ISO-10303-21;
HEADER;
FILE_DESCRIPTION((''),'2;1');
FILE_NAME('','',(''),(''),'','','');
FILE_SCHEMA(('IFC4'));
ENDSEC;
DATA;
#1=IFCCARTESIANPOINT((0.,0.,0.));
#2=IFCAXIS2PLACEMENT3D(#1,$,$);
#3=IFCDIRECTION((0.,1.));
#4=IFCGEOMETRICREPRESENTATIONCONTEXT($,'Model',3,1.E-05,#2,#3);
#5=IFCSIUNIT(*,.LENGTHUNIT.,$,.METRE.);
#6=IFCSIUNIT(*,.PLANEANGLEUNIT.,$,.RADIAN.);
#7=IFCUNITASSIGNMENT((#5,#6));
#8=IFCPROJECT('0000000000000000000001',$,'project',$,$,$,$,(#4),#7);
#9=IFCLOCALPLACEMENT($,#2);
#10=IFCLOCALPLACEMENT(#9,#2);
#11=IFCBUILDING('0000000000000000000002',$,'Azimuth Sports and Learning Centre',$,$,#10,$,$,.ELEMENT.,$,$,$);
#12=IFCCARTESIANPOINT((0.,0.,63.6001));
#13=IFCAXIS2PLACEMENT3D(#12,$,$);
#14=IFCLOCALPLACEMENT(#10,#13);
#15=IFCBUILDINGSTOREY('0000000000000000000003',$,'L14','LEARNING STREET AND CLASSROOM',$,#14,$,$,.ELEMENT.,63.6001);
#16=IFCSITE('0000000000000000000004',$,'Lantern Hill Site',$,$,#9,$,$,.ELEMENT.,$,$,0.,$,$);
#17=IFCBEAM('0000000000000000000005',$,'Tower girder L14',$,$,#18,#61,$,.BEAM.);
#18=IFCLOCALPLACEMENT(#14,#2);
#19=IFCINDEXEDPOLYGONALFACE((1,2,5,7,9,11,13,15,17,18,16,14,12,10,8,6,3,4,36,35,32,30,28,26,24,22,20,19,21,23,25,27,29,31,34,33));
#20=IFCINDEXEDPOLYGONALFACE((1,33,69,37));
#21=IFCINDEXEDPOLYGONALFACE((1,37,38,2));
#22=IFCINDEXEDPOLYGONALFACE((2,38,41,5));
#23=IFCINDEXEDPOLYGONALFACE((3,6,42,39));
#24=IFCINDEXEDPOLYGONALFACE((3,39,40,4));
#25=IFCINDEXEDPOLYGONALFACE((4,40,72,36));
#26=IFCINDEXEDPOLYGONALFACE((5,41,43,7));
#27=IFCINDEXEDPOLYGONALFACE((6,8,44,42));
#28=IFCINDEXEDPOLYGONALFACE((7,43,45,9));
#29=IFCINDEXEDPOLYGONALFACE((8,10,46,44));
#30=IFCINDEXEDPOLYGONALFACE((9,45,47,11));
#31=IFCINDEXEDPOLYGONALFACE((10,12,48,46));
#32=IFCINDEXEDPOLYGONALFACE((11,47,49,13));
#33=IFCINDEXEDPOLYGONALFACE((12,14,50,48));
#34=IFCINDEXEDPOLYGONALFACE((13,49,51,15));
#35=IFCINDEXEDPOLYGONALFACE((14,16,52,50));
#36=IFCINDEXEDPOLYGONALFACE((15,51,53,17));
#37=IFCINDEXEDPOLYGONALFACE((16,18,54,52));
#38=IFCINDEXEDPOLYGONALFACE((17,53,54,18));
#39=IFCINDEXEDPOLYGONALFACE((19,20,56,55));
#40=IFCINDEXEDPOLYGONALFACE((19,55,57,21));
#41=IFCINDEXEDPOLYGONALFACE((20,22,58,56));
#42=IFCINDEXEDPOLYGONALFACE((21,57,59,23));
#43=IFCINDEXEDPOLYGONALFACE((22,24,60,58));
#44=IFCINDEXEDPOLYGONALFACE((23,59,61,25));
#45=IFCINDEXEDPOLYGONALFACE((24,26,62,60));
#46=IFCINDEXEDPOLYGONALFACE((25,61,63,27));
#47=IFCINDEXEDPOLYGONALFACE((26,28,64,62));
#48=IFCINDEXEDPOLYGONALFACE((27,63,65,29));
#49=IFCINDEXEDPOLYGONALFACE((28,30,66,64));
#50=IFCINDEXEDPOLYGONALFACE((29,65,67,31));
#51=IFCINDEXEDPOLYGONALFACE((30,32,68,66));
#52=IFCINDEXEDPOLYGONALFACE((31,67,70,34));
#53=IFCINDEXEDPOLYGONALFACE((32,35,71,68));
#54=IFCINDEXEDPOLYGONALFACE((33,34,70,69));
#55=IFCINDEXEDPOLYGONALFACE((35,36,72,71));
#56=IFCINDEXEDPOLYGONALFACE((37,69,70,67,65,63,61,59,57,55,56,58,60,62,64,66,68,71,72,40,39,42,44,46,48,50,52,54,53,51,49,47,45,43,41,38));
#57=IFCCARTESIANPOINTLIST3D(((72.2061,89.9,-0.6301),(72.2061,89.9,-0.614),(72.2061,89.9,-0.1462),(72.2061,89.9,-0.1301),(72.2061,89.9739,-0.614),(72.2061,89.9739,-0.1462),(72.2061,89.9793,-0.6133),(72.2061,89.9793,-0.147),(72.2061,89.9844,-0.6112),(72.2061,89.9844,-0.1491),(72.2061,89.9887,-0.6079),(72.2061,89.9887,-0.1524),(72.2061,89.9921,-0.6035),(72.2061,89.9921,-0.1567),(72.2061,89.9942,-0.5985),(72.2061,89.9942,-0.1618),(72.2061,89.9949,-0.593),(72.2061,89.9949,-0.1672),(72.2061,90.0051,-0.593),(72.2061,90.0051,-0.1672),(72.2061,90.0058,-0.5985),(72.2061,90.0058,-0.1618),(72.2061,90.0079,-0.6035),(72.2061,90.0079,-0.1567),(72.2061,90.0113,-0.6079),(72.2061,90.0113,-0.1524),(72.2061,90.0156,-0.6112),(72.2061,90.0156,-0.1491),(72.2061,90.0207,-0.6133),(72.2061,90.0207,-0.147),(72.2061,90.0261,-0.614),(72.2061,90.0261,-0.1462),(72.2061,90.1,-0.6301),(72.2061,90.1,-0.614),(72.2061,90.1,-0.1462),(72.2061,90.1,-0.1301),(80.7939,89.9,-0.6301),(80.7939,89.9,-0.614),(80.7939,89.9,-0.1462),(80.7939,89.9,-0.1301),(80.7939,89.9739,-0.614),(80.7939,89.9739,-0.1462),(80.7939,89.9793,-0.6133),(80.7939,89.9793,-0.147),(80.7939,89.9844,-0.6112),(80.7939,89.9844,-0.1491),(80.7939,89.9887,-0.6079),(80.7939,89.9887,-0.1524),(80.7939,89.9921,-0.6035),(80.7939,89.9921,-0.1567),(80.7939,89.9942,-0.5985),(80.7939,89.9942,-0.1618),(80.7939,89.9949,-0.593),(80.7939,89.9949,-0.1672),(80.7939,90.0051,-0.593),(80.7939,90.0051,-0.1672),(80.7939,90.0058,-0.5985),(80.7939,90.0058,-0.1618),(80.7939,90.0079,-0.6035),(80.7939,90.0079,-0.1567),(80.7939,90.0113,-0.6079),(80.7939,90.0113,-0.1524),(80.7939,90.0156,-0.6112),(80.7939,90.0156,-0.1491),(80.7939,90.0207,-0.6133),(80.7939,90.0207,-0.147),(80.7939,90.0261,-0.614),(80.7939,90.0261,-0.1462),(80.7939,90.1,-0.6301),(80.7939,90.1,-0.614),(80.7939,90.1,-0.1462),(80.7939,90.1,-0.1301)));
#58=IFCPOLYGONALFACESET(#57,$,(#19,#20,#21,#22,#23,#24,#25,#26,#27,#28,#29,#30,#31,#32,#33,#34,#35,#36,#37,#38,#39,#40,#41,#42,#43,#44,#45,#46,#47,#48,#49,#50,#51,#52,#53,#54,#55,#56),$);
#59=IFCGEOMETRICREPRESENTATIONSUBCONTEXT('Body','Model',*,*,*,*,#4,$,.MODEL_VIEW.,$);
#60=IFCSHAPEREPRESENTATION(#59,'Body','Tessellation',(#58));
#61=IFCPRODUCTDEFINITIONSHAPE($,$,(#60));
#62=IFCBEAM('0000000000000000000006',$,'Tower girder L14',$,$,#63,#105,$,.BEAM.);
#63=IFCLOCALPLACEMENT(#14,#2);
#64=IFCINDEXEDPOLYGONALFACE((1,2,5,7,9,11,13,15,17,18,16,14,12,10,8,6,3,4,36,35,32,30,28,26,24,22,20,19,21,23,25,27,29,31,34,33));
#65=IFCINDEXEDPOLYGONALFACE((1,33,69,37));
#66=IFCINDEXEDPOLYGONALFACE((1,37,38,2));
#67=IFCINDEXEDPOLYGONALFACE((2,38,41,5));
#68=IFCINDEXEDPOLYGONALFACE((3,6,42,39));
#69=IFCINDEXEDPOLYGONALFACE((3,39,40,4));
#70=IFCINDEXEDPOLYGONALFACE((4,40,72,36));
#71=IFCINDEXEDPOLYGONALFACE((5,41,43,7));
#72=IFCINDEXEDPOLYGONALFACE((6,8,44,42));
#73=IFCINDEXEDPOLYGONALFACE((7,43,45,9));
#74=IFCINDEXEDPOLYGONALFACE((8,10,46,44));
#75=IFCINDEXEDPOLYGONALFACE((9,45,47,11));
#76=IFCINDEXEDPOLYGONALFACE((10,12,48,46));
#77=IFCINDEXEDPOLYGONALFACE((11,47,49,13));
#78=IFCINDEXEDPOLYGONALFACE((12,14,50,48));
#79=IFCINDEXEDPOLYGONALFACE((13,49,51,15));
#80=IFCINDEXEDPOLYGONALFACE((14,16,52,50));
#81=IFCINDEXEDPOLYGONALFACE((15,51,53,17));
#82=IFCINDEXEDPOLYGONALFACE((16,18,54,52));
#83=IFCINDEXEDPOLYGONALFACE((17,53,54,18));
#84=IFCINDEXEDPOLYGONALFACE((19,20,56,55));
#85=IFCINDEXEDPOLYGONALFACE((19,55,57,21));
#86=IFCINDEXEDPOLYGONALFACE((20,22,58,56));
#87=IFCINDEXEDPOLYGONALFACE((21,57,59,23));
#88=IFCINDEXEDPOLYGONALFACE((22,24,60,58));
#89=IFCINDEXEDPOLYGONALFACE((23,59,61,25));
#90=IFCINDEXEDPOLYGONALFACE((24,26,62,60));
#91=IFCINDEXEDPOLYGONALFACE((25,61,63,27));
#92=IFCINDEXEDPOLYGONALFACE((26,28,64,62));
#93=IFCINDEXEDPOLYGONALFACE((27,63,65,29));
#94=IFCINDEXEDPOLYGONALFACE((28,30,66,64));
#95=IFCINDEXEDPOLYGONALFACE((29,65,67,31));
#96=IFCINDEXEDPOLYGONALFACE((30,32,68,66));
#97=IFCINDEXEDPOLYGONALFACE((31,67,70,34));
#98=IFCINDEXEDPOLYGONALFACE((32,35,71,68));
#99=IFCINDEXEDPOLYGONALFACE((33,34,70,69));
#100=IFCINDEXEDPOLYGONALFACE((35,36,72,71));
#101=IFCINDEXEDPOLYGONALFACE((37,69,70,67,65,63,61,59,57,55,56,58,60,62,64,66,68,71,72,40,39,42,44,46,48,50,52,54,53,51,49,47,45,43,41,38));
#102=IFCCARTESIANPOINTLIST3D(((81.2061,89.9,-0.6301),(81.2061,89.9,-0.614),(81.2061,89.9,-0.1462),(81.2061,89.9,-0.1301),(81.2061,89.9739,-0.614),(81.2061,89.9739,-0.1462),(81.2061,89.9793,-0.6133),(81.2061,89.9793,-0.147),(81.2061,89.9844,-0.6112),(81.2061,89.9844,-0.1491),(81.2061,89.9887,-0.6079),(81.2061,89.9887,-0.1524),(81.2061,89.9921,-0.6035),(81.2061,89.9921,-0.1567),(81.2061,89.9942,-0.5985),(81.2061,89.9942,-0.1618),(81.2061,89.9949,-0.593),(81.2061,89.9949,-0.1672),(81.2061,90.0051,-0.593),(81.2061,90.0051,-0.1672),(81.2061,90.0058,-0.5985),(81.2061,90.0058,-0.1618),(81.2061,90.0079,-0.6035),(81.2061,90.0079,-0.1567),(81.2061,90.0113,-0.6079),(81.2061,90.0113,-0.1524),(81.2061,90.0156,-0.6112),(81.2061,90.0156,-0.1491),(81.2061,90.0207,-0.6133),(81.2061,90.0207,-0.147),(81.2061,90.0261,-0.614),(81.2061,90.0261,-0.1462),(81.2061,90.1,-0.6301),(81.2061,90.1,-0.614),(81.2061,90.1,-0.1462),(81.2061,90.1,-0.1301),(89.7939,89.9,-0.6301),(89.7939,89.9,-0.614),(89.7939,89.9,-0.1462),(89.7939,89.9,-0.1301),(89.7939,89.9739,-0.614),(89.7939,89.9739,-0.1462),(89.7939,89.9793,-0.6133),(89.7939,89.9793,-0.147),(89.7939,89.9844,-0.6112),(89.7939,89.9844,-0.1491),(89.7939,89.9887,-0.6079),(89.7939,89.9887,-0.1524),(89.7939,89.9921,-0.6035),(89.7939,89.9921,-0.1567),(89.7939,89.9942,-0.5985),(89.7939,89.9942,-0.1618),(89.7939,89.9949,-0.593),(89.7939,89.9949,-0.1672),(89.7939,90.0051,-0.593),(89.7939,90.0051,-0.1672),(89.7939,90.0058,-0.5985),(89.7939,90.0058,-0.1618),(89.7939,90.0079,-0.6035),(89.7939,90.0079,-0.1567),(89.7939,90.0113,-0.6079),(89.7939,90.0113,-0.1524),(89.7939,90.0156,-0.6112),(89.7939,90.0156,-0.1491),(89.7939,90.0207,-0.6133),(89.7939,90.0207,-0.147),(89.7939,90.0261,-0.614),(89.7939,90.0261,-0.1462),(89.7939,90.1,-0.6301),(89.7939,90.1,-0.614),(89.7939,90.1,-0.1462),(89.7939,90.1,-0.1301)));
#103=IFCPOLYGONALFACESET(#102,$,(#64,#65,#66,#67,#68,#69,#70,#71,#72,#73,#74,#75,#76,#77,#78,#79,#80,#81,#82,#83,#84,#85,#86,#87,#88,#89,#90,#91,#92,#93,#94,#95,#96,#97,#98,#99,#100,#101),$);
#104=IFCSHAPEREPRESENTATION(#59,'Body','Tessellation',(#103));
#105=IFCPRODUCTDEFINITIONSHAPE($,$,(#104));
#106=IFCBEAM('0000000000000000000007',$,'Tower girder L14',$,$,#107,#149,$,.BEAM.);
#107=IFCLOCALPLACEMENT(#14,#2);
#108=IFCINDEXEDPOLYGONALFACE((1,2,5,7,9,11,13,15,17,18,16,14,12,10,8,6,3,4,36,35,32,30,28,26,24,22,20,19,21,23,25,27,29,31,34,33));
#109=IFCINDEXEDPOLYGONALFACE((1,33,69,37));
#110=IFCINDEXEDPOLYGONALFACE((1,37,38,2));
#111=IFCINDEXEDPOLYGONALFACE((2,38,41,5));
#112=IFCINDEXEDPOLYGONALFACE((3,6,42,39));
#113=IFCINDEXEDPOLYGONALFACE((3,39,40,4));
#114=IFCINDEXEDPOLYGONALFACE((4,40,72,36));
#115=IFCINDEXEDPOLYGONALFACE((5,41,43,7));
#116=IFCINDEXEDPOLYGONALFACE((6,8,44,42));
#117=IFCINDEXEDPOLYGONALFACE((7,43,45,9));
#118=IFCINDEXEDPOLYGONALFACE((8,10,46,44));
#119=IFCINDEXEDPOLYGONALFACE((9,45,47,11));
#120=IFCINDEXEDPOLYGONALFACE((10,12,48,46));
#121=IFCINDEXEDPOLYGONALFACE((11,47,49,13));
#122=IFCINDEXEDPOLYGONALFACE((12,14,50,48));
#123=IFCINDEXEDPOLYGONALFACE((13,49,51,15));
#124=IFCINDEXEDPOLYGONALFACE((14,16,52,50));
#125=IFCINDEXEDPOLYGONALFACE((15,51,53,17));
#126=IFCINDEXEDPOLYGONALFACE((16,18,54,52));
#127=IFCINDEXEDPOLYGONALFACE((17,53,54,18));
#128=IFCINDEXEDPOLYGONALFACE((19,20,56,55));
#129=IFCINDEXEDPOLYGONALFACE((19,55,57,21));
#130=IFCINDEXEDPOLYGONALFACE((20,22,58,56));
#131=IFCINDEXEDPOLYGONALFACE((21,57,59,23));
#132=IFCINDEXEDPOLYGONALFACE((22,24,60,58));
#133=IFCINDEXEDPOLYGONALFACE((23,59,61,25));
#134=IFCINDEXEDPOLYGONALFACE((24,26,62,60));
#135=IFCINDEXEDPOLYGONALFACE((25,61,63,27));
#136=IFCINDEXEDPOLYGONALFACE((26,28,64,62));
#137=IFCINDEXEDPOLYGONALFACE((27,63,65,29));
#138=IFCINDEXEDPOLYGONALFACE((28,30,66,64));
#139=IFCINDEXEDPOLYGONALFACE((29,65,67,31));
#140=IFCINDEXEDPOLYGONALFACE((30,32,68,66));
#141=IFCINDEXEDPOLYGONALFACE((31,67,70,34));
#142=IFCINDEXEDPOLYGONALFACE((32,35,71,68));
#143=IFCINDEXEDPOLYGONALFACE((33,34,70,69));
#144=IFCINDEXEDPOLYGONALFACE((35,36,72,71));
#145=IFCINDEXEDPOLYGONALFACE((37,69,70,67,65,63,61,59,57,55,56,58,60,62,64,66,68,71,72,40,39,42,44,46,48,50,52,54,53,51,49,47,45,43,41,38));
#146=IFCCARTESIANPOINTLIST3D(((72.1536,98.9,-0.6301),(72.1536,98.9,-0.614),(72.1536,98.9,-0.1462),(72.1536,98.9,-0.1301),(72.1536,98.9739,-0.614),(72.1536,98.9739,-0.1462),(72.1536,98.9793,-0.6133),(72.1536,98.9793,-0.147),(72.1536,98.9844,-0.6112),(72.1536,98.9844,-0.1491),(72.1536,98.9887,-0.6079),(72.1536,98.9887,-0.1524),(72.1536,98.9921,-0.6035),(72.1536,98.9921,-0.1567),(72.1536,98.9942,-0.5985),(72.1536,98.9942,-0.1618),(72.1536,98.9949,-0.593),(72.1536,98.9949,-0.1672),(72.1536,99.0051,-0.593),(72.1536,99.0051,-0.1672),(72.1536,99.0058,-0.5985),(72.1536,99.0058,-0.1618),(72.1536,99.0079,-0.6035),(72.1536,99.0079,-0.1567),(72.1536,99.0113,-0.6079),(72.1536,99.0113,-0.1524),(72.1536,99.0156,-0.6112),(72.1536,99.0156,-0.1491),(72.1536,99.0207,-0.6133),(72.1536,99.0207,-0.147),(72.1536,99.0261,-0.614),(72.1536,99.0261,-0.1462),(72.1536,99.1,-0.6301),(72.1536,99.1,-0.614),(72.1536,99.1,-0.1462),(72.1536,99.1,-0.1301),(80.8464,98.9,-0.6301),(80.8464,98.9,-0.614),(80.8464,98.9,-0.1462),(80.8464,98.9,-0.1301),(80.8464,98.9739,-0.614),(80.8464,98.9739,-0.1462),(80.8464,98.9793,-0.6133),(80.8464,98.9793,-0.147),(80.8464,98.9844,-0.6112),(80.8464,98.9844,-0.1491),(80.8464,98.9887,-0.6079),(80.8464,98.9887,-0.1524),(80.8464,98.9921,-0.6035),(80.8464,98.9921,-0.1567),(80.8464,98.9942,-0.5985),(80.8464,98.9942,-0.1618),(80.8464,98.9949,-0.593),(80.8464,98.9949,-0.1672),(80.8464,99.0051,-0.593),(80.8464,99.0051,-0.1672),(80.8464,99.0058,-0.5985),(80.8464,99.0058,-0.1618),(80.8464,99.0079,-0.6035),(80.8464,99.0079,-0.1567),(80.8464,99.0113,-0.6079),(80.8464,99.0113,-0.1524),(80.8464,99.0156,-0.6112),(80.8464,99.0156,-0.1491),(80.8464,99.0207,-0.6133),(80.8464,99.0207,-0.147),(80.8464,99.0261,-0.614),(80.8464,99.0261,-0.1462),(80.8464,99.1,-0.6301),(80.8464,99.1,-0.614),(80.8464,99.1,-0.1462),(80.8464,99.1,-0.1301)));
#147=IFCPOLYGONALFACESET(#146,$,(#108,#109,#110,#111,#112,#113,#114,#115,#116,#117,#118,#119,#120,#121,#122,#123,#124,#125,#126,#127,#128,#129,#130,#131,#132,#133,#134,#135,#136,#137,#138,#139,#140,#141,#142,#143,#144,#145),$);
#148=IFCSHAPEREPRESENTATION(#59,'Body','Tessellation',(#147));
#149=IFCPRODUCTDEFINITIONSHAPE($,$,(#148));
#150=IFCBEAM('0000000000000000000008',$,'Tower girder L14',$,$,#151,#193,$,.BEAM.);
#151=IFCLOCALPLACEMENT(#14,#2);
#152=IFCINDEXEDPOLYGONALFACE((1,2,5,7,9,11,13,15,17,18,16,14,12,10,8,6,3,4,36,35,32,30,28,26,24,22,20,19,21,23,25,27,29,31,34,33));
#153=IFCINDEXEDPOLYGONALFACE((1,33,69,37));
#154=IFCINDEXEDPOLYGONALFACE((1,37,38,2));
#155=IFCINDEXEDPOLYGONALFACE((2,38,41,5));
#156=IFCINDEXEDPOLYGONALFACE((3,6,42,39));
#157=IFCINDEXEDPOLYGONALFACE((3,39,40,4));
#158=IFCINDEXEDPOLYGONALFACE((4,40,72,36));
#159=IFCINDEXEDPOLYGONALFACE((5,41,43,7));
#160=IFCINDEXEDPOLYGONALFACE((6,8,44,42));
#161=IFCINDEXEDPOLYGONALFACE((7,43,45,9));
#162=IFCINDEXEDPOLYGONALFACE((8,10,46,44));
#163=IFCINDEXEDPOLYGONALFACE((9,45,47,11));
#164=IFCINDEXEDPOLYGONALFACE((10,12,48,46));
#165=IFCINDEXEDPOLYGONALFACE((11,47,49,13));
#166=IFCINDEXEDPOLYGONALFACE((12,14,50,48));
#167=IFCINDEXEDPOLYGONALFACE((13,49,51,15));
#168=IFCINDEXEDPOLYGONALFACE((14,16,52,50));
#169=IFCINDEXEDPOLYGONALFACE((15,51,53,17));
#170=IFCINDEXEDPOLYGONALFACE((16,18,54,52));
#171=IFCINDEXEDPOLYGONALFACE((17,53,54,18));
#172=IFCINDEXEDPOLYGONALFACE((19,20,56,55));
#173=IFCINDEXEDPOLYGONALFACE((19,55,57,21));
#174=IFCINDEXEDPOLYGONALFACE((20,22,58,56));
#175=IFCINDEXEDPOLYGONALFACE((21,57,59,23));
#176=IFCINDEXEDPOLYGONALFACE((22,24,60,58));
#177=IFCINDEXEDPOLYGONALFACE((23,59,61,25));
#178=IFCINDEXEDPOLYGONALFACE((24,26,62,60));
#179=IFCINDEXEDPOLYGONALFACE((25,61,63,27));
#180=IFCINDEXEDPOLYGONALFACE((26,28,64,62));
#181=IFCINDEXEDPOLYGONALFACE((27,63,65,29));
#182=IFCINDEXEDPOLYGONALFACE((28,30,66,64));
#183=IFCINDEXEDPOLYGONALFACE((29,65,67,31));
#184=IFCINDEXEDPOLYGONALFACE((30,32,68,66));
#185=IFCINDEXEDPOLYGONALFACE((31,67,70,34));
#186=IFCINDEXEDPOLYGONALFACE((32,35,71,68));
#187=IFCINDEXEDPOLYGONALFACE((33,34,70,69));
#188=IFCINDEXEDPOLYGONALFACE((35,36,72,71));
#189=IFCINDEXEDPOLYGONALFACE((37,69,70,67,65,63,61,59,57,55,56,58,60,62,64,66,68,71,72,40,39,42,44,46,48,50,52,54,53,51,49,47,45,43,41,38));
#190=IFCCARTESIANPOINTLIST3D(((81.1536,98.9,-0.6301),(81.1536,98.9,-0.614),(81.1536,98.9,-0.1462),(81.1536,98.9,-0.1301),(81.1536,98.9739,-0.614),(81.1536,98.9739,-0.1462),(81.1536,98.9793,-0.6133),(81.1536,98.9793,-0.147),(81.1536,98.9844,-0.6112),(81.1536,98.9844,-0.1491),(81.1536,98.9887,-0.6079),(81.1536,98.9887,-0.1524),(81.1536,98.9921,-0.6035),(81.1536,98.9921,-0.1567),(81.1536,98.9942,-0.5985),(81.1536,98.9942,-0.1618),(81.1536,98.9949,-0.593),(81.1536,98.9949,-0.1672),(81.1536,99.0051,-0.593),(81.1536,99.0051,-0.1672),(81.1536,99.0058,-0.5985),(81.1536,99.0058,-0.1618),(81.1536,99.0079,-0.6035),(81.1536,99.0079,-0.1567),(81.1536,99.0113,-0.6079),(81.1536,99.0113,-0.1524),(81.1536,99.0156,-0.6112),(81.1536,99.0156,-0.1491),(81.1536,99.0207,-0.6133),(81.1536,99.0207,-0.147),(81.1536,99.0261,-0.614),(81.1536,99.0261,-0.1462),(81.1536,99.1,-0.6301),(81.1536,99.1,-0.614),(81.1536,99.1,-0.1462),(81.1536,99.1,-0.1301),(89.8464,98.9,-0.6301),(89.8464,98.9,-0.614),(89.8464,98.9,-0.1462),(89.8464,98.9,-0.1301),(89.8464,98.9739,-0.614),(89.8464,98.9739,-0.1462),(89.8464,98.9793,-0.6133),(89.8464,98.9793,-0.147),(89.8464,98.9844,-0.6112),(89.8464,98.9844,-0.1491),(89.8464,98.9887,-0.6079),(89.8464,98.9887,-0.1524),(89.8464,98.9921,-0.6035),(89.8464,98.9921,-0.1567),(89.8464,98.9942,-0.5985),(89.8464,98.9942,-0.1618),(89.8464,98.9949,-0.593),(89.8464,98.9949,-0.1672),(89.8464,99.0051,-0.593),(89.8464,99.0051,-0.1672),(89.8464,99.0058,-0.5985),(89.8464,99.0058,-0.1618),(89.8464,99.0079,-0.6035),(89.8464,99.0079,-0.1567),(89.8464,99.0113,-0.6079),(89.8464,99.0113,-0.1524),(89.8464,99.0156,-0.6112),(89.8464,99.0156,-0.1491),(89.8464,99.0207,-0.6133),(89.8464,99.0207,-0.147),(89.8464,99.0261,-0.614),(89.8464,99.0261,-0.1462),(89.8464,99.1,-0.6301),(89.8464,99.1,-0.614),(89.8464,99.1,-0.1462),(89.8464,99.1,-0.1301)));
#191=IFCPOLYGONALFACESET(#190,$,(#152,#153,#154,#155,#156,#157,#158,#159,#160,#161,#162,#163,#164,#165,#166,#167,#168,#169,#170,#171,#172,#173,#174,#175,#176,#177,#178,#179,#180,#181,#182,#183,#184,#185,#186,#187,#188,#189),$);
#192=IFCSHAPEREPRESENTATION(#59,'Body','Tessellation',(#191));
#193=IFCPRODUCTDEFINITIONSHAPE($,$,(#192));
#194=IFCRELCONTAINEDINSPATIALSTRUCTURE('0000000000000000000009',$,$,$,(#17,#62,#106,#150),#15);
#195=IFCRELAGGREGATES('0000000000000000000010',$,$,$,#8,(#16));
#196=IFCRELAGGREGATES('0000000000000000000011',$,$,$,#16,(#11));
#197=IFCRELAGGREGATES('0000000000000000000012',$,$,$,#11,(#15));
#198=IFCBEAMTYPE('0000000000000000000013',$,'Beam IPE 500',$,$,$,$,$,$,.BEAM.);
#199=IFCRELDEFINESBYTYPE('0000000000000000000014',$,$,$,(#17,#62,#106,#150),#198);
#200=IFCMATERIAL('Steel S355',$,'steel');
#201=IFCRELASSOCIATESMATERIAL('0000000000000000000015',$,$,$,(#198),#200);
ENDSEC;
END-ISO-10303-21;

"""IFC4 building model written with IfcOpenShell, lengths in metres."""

from ifc_helpers import new_model, si_unit, direction, frame, origin, origin_2d, place, context, subcontext, project, spatial, i_section, extrude, material, material_profile, profile_set, type_object, element, save


model = new_model("IFC4")

# Units and contexts
model_context = context("Model", 3, precision=1e-05, world=origin(), true_north=direction((0.0, 1.0)))
body_context = subcontext(model_context, "Body", "Model", "MODEL_VIEW")
ifc_project = project(units=[si_unit("LENGTHUNIT", "METRE"), si_unit("PLANEANGLEUNIT", "RADIAN")], contexts=[model_context])

# Site, building, storey
site_placement = place(None, origin())
site = spatial("IfcSite", under=ifc_project, at=site_placement, Name="Lantern Hill Site", CompositionType="ELEMENT", RefElevation=0.0)
building_placement = place(site_placement, origin())
building = spatial("IfcBuilding", under=site, at=building_placement, Name="Azimuth Sports and Learning Centre", CompositionType="ELEMENT")
storey_placement = place(building_placement, frame((0.0, 0.0, 63.6001)))
storey = spatial("IfcBuildingStorey", under=building, at=storey_placement, Name="L14", Description="LEARNING STREET AND CLASSROOM", CompositionType="ELEMENT", Elevation=63.6001)

# Beams
ifc_material_1 = material(Name="Steel S355", Category="steel")
ifc_material_profile_1 = material_profile(ifc_material_1, i_section(OverallWidth=0.2, OverallDepth=0.5, WebThickness=0.0103, FlangeThickness=0.0161, FilletRadius=0.021, at=origin_2d()), Name="IPE 500")
ifc_profile_set_1 = profile_set([ifc_material_profile_1], Name="Steel S355")
beam_type_1 = type_object("IfcBeamType", Name="Beam IPE 500", PredefinedType="BEAM", material=ifc_profile_set_1)
for number, where, z_axis, x_axis, name in (
    (1, (72.2061, 90.0, -0.3801), (1.0, 0.0, 0.0), (0.0, 1.0, 0.0), "Tower girder L14"),
    (2, (81.2061, 90.0, -0.3801), (1.0, 0.0, 0.0), (0.0, 1.0, 0.0), "Tower girder L14"),
):
    element("IfcBeam", number, at=place(storey_placement, frame(where, z_axis=z_axis, x_axis=x_axis)), inside=storey, type_object=beam_type_1, Name=name, PredefinedType="BEAM", context=body_context, shape_type="SweptSolid", body=[
        extrude(i_section(OverallWidth=0.2, OverallDepth=0.5, WebThickness=0.0103, FlangeThickness=0.0161, FilletRadius=0.021, at=origin_2d()), origin(), (0.0, 0.0, 1.0), 8.5879),
    ])
for number, where, z_axis, x_axis, name in (
    (3, (72.1536, 99.0, -0.3801), (1.0, 0.0, 0.0), (0.0, 1.0, 0.0), "Tower girder L14"),
    (4, (81.1536, 99.0, -0.3801), (1.0, 0.0, 0.0), (0.0, 1.0, 0.0), "Tower girder L14"),
):
    element("IfcBeam", number, at=place(storey_placement, frame(where, z_axis=z_axis, x_axis=x_axis)), inside=storey, type_object=beam_type_1, Name=name, PredefinedType="BEAM", context=body_context, shape_type="SweptSolid", body=[
        extrude(i_section(OverallWidth=0.2, OverallDepth=0.5, WebThickness=0.0103, FlangeThickness=0.0161, FilletRadius=0.021, at=origin_2d()), origin(), (0.0, 0.0, 1.0), 8.6929),
    ])

save(model, "model.ifc")
